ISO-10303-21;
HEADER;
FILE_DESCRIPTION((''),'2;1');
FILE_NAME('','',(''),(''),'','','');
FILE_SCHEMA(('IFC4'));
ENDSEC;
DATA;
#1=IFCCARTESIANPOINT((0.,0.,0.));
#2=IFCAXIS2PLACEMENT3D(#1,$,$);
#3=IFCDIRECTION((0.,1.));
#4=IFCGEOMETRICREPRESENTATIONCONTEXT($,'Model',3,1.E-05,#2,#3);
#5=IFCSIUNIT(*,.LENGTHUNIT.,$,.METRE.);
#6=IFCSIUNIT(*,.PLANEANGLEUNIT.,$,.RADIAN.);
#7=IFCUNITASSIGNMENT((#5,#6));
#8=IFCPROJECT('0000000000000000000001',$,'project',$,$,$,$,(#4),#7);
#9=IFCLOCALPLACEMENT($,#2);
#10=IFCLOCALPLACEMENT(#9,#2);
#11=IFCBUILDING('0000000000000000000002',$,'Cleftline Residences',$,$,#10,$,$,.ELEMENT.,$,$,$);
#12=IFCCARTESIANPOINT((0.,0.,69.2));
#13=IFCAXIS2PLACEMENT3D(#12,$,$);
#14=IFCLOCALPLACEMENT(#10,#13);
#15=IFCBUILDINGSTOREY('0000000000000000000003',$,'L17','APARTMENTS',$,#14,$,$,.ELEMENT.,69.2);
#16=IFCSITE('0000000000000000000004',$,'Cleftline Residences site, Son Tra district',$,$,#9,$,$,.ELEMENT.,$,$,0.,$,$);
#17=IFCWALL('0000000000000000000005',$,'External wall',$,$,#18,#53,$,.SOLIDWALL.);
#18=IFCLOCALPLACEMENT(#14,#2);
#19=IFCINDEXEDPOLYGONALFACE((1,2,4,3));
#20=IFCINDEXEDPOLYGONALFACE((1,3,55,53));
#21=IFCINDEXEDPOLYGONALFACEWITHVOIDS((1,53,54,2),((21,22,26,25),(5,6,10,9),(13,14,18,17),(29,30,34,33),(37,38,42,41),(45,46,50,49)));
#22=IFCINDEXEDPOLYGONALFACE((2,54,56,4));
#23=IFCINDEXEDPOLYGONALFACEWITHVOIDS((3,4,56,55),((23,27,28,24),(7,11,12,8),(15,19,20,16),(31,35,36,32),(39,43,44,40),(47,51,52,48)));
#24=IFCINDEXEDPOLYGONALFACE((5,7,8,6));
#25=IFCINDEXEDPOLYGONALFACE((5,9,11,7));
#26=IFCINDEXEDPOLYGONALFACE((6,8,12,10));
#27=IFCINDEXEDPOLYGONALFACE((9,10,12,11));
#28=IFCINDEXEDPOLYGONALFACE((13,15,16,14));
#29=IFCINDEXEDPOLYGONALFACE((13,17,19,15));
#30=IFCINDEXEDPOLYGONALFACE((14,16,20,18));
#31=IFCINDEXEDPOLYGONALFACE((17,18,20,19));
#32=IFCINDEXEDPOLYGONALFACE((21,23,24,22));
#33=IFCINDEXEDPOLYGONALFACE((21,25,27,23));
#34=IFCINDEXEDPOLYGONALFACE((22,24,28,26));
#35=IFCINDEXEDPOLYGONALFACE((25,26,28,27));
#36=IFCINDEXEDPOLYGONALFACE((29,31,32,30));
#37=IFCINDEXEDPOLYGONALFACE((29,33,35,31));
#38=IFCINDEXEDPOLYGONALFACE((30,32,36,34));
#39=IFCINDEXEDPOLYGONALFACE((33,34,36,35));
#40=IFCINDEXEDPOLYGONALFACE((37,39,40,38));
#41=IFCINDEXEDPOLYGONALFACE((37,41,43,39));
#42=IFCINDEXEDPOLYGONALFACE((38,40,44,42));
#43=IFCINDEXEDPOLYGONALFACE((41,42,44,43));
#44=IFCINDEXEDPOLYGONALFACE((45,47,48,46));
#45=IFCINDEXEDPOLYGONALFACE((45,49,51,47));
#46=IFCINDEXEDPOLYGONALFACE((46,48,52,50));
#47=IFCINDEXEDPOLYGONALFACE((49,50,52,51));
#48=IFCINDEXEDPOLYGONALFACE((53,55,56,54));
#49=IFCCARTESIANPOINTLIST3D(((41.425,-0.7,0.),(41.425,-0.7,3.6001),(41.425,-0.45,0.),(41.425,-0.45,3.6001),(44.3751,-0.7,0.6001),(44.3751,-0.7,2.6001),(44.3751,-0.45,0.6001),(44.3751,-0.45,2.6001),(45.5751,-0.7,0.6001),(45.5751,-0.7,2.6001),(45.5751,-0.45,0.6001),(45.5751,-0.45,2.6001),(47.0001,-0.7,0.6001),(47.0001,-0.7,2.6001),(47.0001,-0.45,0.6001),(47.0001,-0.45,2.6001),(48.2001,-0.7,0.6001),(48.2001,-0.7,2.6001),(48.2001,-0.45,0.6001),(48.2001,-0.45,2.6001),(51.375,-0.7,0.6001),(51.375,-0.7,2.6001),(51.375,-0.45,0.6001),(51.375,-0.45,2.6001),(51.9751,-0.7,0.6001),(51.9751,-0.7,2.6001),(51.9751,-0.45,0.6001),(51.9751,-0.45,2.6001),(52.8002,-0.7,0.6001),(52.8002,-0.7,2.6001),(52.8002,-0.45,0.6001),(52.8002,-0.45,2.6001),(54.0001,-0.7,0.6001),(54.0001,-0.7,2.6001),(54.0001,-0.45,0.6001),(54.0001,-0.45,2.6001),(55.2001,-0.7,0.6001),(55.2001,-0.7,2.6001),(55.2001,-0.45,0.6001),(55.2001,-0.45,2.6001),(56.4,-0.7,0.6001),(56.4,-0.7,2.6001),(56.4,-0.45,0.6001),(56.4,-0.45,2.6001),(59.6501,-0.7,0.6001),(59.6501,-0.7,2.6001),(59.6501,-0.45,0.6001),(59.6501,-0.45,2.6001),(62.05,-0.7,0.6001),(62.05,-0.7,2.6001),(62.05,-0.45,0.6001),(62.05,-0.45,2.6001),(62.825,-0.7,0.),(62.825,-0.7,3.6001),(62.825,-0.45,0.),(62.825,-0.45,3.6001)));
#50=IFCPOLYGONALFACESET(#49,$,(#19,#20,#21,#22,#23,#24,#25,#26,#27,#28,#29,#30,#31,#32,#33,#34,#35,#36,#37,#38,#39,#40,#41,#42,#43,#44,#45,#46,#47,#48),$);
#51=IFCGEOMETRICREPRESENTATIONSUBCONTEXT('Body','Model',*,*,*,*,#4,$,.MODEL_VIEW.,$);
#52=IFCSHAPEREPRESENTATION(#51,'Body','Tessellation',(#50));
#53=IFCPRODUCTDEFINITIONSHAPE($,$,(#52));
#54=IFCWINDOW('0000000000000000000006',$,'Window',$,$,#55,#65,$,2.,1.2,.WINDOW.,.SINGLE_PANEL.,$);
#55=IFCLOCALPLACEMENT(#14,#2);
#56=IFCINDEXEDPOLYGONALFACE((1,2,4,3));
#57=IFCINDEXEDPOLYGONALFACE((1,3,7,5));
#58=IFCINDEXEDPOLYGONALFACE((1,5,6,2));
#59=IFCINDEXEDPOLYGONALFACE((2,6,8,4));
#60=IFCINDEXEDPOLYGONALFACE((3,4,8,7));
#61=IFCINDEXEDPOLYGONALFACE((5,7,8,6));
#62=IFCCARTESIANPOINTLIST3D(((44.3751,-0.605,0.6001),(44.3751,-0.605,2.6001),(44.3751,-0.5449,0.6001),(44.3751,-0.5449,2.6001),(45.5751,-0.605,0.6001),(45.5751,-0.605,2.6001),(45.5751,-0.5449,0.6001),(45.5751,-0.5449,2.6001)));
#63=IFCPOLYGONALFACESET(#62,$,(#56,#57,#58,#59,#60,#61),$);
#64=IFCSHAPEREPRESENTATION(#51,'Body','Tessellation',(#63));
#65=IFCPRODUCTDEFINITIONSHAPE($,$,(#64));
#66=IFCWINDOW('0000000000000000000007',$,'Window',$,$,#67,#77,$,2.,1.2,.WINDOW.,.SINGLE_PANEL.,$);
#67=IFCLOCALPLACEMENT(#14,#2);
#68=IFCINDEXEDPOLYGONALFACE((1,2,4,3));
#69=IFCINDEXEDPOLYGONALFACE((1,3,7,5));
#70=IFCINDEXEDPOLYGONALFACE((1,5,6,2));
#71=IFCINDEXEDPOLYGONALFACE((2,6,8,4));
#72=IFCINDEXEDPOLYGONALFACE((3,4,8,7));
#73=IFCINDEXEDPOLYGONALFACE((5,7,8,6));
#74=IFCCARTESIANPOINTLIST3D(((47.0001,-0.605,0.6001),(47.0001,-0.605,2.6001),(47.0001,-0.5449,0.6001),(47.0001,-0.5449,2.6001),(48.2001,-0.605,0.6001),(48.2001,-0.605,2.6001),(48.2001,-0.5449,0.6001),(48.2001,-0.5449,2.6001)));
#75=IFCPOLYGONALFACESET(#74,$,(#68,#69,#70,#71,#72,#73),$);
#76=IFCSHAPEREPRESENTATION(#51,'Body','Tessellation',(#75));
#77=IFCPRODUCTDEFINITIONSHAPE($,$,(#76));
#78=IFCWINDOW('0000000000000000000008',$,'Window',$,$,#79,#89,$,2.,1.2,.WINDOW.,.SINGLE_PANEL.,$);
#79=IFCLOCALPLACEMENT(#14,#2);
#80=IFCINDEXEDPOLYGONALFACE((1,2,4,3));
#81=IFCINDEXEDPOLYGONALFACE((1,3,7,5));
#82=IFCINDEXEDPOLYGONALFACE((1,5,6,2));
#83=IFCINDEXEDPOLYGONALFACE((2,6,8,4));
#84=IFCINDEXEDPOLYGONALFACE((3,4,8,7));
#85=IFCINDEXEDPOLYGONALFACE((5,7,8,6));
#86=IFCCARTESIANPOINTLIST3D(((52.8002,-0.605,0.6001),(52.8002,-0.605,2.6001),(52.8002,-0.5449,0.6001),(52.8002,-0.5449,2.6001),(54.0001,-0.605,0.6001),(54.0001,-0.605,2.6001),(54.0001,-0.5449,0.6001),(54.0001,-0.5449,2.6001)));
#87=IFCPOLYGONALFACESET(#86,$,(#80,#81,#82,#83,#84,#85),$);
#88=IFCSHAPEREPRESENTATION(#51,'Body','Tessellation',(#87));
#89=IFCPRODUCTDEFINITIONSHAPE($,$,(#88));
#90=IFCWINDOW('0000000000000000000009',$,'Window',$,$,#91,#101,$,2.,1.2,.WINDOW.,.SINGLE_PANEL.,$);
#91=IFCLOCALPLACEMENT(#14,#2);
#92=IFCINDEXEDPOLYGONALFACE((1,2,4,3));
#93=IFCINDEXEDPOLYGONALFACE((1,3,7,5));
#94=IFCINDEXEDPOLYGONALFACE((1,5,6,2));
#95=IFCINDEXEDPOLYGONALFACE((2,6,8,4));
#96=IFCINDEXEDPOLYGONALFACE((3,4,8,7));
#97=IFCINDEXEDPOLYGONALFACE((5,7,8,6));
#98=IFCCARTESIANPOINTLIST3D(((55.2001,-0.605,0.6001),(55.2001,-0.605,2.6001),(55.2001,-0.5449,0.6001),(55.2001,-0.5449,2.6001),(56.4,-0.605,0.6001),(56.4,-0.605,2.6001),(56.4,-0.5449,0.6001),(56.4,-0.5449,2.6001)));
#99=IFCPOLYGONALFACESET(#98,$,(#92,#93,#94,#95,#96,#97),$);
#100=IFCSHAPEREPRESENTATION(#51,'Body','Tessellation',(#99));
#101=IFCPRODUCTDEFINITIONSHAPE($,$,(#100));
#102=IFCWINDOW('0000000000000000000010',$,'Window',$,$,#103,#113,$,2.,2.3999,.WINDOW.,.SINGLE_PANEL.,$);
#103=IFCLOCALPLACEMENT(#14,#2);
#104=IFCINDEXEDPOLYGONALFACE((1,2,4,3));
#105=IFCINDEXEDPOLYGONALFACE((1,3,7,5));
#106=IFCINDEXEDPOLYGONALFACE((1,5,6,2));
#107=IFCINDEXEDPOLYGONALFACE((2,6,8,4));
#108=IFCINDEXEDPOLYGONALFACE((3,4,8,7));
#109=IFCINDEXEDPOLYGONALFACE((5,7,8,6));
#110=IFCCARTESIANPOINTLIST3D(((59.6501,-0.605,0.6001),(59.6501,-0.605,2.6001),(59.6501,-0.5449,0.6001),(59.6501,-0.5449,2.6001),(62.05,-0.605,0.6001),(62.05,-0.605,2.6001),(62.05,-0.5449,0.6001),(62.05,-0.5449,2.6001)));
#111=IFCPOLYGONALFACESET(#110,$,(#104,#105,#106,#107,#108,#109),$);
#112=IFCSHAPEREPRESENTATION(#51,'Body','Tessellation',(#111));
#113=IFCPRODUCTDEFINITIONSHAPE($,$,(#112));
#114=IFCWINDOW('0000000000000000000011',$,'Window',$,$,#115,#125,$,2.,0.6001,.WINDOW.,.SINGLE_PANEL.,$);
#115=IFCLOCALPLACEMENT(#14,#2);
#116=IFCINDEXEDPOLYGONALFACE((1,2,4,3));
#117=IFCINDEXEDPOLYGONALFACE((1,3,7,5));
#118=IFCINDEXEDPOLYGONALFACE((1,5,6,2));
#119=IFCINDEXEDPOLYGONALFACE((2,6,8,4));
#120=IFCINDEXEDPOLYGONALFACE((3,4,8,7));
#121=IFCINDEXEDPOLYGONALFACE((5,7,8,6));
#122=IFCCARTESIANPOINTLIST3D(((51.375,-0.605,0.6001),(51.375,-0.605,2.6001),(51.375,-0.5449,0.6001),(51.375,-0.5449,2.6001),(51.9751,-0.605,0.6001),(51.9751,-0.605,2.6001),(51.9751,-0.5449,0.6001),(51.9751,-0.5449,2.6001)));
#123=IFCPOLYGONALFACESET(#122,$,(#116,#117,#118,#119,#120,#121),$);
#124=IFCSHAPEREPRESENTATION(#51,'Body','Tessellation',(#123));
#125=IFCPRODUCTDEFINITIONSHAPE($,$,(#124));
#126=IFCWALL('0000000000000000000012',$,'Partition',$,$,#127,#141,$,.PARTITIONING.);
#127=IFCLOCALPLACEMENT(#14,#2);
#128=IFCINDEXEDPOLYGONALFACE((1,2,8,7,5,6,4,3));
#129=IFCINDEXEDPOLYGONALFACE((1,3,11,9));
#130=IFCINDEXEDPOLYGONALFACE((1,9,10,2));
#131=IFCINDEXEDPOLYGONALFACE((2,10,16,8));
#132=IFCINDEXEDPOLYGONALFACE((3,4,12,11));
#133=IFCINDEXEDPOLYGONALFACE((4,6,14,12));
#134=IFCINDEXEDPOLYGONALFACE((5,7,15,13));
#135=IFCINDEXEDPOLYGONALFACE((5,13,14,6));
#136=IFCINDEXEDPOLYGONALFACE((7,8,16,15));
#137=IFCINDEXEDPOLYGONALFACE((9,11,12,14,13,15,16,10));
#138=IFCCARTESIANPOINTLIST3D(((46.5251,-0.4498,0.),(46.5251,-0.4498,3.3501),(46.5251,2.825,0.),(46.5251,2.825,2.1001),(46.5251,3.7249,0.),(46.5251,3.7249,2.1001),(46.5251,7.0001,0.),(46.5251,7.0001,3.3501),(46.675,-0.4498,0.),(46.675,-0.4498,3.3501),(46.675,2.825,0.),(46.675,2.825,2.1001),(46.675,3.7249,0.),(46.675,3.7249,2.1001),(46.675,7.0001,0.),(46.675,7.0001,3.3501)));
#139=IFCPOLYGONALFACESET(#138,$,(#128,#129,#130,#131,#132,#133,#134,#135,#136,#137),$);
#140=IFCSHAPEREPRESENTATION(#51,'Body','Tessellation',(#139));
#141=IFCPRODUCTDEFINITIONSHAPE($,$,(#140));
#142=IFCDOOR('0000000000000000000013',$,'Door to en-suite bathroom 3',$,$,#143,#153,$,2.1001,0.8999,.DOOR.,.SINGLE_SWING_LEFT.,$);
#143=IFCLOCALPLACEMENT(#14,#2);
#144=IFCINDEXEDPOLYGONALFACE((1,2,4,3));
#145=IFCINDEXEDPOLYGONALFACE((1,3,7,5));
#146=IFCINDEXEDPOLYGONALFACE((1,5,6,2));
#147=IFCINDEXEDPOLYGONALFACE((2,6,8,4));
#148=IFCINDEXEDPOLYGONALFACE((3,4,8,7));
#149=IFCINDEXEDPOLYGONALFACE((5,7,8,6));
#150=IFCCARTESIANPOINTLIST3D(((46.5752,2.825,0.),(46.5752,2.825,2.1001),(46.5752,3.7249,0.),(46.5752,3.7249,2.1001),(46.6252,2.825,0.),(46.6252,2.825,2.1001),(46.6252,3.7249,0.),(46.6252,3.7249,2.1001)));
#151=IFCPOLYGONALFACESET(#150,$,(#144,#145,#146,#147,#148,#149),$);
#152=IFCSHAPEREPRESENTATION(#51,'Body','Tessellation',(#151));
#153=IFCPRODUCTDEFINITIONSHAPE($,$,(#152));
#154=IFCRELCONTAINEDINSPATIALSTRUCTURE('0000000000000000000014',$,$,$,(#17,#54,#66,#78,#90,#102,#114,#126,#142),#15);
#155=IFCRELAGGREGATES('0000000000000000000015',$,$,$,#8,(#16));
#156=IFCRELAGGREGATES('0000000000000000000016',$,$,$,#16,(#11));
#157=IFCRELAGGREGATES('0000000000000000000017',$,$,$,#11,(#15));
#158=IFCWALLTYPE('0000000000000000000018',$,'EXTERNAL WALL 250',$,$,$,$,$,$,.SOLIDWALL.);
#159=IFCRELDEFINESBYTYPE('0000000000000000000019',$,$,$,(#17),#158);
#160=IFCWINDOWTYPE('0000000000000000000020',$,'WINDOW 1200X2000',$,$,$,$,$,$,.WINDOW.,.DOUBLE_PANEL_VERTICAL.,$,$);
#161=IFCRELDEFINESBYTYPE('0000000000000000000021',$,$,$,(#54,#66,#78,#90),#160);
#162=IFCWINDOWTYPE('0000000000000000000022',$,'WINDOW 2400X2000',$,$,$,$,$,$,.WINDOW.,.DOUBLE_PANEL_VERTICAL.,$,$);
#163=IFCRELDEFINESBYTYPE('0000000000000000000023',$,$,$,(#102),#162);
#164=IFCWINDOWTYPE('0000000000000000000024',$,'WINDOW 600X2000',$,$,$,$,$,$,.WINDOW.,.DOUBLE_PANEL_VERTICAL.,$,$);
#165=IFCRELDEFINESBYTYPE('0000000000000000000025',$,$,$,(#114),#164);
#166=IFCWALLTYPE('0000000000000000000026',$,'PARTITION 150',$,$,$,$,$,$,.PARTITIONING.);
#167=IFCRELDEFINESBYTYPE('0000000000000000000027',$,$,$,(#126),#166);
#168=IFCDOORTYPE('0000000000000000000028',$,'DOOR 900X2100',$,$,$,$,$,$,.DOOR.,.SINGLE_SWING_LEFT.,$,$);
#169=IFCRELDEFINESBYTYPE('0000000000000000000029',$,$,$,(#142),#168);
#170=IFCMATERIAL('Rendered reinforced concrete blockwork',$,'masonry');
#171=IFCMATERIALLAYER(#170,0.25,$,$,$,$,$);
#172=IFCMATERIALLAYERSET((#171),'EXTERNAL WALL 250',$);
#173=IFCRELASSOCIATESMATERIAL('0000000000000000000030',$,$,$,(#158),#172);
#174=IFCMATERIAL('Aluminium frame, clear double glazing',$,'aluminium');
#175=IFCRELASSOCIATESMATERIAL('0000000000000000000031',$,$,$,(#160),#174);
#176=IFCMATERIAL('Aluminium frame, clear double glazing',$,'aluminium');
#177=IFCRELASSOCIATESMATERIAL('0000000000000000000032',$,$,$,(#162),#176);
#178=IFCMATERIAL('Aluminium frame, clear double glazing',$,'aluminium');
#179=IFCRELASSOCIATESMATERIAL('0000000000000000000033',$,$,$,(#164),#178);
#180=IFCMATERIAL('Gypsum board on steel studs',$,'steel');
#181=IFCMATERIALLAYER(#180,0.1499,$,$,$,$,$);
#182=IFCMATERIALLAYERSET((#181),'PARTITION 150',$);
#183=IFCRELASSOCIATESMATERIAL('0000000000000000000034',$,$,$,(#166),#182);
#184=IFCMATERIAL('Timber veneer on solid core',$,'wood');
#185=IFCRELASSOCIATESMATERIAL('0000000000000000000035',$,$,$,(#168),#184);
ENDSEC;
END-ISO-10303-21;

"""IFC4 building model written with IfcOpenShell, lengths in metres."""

from ifc_helpers import new_model, si_unit, direction, frame, frame_2d, origin, place, context, subcontext, project, spatial, rectangle, extrude, material, layer, layer_set, type_object, element, fill, save


model = new_model("IFC4")

# Units and contexts
model_context = context("Model", 3, precision=1e-05, world=origin(), true_north=direction((0.0, 1.0)))
body_context = subcontext(model_context, "Body", "Model", "MODEL_VIEW")
ifc_project = project(units=[si_unit("LENGTHUNIT", "METRE"), si_unit("PLANEANGLEUNIT", "RADIAN")], contexts=[model_context])

# Site, building, storey
site_placement = place(None, origin())
site = spatial("IfcSite", under=ifc_project, at=site_placement, Name="Cleftline Residences site, Son Tra district", CompositionType="ELEMENT", RefElevation=0.0)
building_placement = place(site_placement, origin())
building = spatial("IfcBuilding", under=site, at=building_placement, Name="Cleftline Residences", CompositionType="ELEMENT")
storey_placement = place(building_placement, frame((0.0, 0.0, 69.2)))
storey = spatial("IfcBuildingStorey", under=building, at=storey_placement, Name="L17", Description="APARTMENTS", CompositionType="ELEMENT", Elevation=69.2)

# Wall, openings, windows
ifc_material_1 = material(Name="Rendered reinforced concrete blockwork", Category="masonry")
ifc_layer_1 = layer(ifc_material_1, 0.25)
ifc_layer_set_1 = layer_set([ifc_layer_1], Name="EXTERNAL WALL 250")
wall_type_1 = type_object("IfcWallType", Name="EXTERNAL WALL 250", PredefinedType="SOLIDWALL", material=ifc_layer_set_1)
wall_1_placement = place(storey_placement, frame((41.425, -0.575, 0.0), z_axis=(0.0, 0.0, 1.0), x_axis=(1.0, 0.0, 0.0)))
wall_1 = element("IfcWall", 1, at=wall_1_placement, inside=storey, type_object=wall_type_1, Name="External wall", PredefinedType="SOLIDWALL", context=body_context, shape_type="SweptSolid", body=[
    extrude(rectangle(XDim=21.3999, YDim=0.25, at=frame_2d((10.7, 0.0))), origin(), (0.0, 0.0, 1.0), 3.6001),
])
opening_1_placement = place(wall_1_placement, frame((2.95, 0.0, 0.6001)))
opening_1 = element("IfcOpeningElement", 2, at=opening_1_placement, cuts=wall_1, PredefinedType="OPENING", context=body_context, shape_type="SweptSolid", body=[
    extrude(rectangle(XDim=1.2, YDim=2.0, at=frame_2d((0.6001, 1.0))), frame((0.0, 0.135, 0.0), z_axis=(0.0, -1.0, 0.0), x_axis=(1.0, 0.0, 0.0)), (0.0, 0.0, 1.0), 0.27),
])
opening_2_placement = place(wall_1_placement, frame((5.575, 0.0, 0.6001)))
opening_2 = element("IfcOpeningElement", 3, at=opening_2_placement, cuts=wall_1, PredefinedType="OPENING", context=body_context, shape_type="SweptSolid", body=[
    extrude(rectangle(XDim=1.2, YDim=2.0, at=frame_2d((0.6001, 1.0))), frame((0.0, 0.135, 0.0), z_axis=(0.0, -1.0, 0.0), x_axis=(1.0, 0.0, 0.0)), (0.0, 0.0, 1.0), 0.27),
])
opening_3_placement = place(wall_1_placement, frame((9.95, 0.0, 0.6001)))
opening_3 = element("IfcOpeningElement", 4, at=opening_3_placement, cuts=wall_1, PredefinedType="OPENING", context=body_context, shape_type="SweptSolid", body=[
    extrude(rectangle(XDim=0.6001, YDim=2.0, at=frame_2d((0.3, 1.0))), frame((0.0, 0.135, 0.0), z_axis=(0.0, -1.0, 0.0), x_axis=(1.0, 0.0, 0.0)), (0.0, 0.0, 1.0), 0.27),
])
opening_4_placement = place(wall_1_placement, frame((11.375, 0.0, 0.6001)))
opening_4 = element("IfcOpeningElement", 5, at=opening_4_placement, cuts=wall_1, PredefinedType="OPENING", context=body_context, shape_type="SweptSolid", body=[
    extrude(rectangle(XDim=1.2, YDim=2.0, at=frame_2d((0.6001, 1.0))), frame((0.0, 0.135, 0.0), z_axis=(0.0, -1.0, 0.0), x_axis=(1.0, 0.0, 0.0)), (0.0, 0.0, 1.0), 0.27),
])
opening_5_placement = place(wall_1_placement, frame((13.7749, 0.0, 0.6001)))
opening_5 = element("IfcOpeningElement", 6, at=opening_5_placement, cuts=wall_1, PredefinedType="OPENING", context=body_context, shape_type="SweptSolid", body=[
    extrude(rectangle(XDim=1.2, YDim=2.0, at=frame_2d((0.6001, 1.0))), frame((0.0, 0.135, 0.0), z_axis=(0.0, -1.0, 0.0), x_axis=(1.0, 0.0, 0.0)), (0.0, 0.0, 1.0), 0.27),
])
opening_6_placement = place(wall_1_placement, frame((18.2251, 0.0, 0.6001)))
opening_6 = element("IfcOpeningElement", 7, at=opening_6_placement, cuts=wall_1, PredefinedType="OPENING", context=body_context, shape_type="SweptSolid", body=[
    extrude(rectangle(XDim=2.3999, YDim=2.0, at=frame_2d((1.2, 1.0))), frame((0.0, 0.135, 0.0), z_axis=(0.0, -1.0, 0.0), x_axis=(1.0, 0.0, 0.0)), (0.0, 0.0, 1.0), 0.27),
])
ifc_material_2 = material(Name="Aluminium frame, clear double glazing", Category="aluminium")
window_type_1 = type_object("IfcWindowType", Name="WINDOW 1200X2000", PartitioningType="DOUBLE_PANEL_VERTICAL", PredefinedType="WINDOW", material=ifc_material_2)
window_1_placement = place(opening_1_placement, origin())
window_1 = element("IfcWindow", 8, at=window_1_placement, inside=storey, type_object=window_type_1, Name="Window", OverallHeight=2.0, OverallWidth=1.2, PartitioningType="SINGLE_PANEL", PredefinedType="WINDOW", context=body_context, shape_type="SweptSolid", body=[
    extrude(rectangle(XDim=1.2, YDim=2.0, at=frame_2d((0.6001, 1.0))), frame((0.0, 0.03, 0.0), z_axis=(0.0, -1.0, 0.0), x_axis=(1.0, 0.0, 0.0)), (0.0, 0.0, 1.0), 0.0601),
])
fill(opening_1, window_1)
window_2_placement = place(opening_2_placement, origin())
window_2 = element("IfcWindow", 9, at=window_2_placement, inside=storey, type_object=window_type_1, Name="Window", OverallHeight=2.0, OverallWidth=1.2, PartitioningType="SINGLE_PANEL", PredefinedType="WINDOW", context=body_context, shape_type="SweptSolid", body=[
    extrude(rectangle(XDim=1.2, YDim=2.0, at=frame_2d((0.6001, 1.0))), frame((0.0, 0.03, 0.0), z_axis=(0.0, -1.0, 0.0), x_axis=(1.0, 0.0, 0.0)), (0.0, 0.0, 1.0), 0.0601),
])
fill(opening_2, window_2)
window_3_placement = place(opening_4_placement, origin())
window_3 = element("IfcWindow", 10, at=window_3_placement, inside=storey, type_object=window_type_1, Name="Window", OverallHeight=2.0, OverallWidth=1.2, PartitioningType="SINGLE_PANEL", PredefinedType="WINDOW", context=body_context, shape_type="SweptSolid", body=[
    extrude(rectangle(XDim=1.2, YDim=2.0, at=frame_2d((0.6001, 1.0))), frame((0.0, 0.03, 0.0), z_axis=(0.0, -1.0, 0.0), x_axis=(1.0, 0.0, 0.0)), (0.0, 0.0, 1.0), 0.0601),
])
fill(opening_4, window_3)
window_4_placement = place(opening_5_placement, origin())
window_4 = element("IfcWindow", 11, at=window_4_placement, inside=storey, type_object=window_type_1, Name="Window", OverallHeight=2.0, OverallWidth=1.2, PartitioningType="SINGLE_PANEL", PredefinedType="WINDOW", context=body_context, shape_type="SweptSolid", body=[
    extrude(rectangle(XDim=1.2, YDim=2.0, at=frame_2d((0.6001, 1.0))), frame((0.0, 0.03, 0.0), z_axis=(0.0, -1.0, 0.0), x_axis=(1.0, 0.0, 0.0)), (0.0, 0.0, 1.0), 0.0601),
])
fill(opening_5, window_4)
ifc_material_3 = material(Name="Aluminium frame, clear double glazing", Category="aluminium")
window_type_2 = type_object("IfcWindowType", Name="WINDOW 2400X2000", PartitioningType="DOUBLE_PANEL_VERTICAL", PredefinedType="WINDOW", material=ifc_material_3)
window_5_placement = place(opening_6_placement, origin())
window_5 = element("IfcWindow", 12, at=window_5_placement, inside=storey, type_object=window_type_2, Name="Window", OverallHeight=2.0, OverallWidth=2.3999, PartitioningType="SINGLE_PANEL", PredefinedType="WINDOW", context=body_context, shape_type="SweptSolid", body=[
    extrude(rectangle(XDim=2.3999, YDim=2.0, at=frame_2d((1.2, 1.0))), frame((0.0, 0.03, 0.0), z_axis=(0.0, -1.0, 0.0), x_axis=(1.0, 0.0, 0.0)), (0.0, 0.0, 1.0), 0.0601),
])
fill(opening_6, window_5)
ifc_material_4 = material(Name="Aluminium frame, clear double glazing", Category="aluminium")
window_type_3 = type_object("IfcWindowType", Name="WINDOW 600X2000", PartitioningType="DOUBLE_PANEL_VERTICAL", PredefinedType="WINDOW", material=ifc_material_4)
window_6_placement = place(opening_3_placement, origin())
window_6 = element("IfcWindow", 13, at=window_6_placement, inside=storey, type_object=window_type_3, Name="Window", OverallHeight=2.0, OverallWidth=0.6001, PartitioningType="SINGLE_PANEL", PredefinedType="WINDOW", context=body_context, shape_type="SweptSolid", body=[
    extrude(rectangle(XDim=0.6001, YDim=2.0, at=frame_2d((0.3, 1.0))), frame((0.0, 0.03, 0.0), z_axis=(0.0, -1.0, 0.0), x_axis=(1.0, 0.0, 0.0)), (0.0, 0.0, 1.0), 0.0601),
])
fill(opening_3, window_6)

# Wall, opening, door
ifc_material_5 = material(Name="Gypsum board on steel studs", Category="steel")
ifc_layer_2 = layer(ifc_material_5, 0.1499)
ifc_layer_set_2 = layer_set([ifc_layer_2], Name="PARTITION 150")
wall_type_2 = type_object("IfcWallType", Name="PARTITION 150", PredefinedType="PARTITIONING", material=ifc_layer_set_2)
wall_2_placement = place(storey_placement, frame((46.6001, -0.45, 0.0), z_axis=(0.0, 0.0, 1.0), x_axis=(0.0, 1.0, 0.0)))
wall_2 = element("IfcWall", 14, at=wall_2_placement, inside=storey, type_object=wall_type_2, Name="Partition", PredefinedType="PARTITIONING", context=body_context, shape_type="SweptSolid", body=[
    extrude(rectangle(XDim=7.45, YDim=0.1499, at=frame_2d((3.7251, 0.0))), origin(), (0.0, 0.0, 1.0), 3.3501),
])
opening_7_placement = place(wall_2_placement, frame((3.2749, 0.0, 0.0)))
opening_7 = element("IfcOpeningElement", 15, at=opening_7_placement, cuts=wall_2, PredefinedType="OPENING", context=body_context, shape_type="SweptSolid", body=[
    extrude(rectangle(XDim=0.8999, YDim=2.1001, at=frame_2d((0.45, 1.05))), frame((0.0, 0.085, 0.0), z_axis=(0.0, -1.0, 0.0), x_axis=(1.0, 0.0, 0.0)), (0.0, 0.0, 1.0), 0.1699),
])
ifc_material_6 = material(Name="Timber veneer on solid core", Category="wood")
door_type = type_object("IfcDoorType", Name="DOOR 900X2100", OperationType="SINGLE_SWING_LEFT", PredefinedType="DOOR", material=ifc_material_6)
door_placement = place(opening_7_placement, origin())
door = element("IfcDoor", 16, at=door_placement, inside=storey, type_object=door_type, Name="Door to en-suite bathroom 3", OperationType="SINGLE_SWING_LEFT", OverallHeight=2.1001, OverallWidth=0.8999, PredefinedType="DOOR", context=body_context, shape_type="SweptSolid", body=[
    extrude(rectangle(XDim=0.8999, YDim=2.1001, at=frame_2d((0.45, 1.05))), frame((0.0, 0.0249, 0.0), z_axis=(0.0, -1.0, 0.0), x_axis=(1.0, 0.0, 0.0)), (0.0, 0.0, 1.0), 0.05),
])
fill(opening_7, door)

save(model, "model.ifc")
